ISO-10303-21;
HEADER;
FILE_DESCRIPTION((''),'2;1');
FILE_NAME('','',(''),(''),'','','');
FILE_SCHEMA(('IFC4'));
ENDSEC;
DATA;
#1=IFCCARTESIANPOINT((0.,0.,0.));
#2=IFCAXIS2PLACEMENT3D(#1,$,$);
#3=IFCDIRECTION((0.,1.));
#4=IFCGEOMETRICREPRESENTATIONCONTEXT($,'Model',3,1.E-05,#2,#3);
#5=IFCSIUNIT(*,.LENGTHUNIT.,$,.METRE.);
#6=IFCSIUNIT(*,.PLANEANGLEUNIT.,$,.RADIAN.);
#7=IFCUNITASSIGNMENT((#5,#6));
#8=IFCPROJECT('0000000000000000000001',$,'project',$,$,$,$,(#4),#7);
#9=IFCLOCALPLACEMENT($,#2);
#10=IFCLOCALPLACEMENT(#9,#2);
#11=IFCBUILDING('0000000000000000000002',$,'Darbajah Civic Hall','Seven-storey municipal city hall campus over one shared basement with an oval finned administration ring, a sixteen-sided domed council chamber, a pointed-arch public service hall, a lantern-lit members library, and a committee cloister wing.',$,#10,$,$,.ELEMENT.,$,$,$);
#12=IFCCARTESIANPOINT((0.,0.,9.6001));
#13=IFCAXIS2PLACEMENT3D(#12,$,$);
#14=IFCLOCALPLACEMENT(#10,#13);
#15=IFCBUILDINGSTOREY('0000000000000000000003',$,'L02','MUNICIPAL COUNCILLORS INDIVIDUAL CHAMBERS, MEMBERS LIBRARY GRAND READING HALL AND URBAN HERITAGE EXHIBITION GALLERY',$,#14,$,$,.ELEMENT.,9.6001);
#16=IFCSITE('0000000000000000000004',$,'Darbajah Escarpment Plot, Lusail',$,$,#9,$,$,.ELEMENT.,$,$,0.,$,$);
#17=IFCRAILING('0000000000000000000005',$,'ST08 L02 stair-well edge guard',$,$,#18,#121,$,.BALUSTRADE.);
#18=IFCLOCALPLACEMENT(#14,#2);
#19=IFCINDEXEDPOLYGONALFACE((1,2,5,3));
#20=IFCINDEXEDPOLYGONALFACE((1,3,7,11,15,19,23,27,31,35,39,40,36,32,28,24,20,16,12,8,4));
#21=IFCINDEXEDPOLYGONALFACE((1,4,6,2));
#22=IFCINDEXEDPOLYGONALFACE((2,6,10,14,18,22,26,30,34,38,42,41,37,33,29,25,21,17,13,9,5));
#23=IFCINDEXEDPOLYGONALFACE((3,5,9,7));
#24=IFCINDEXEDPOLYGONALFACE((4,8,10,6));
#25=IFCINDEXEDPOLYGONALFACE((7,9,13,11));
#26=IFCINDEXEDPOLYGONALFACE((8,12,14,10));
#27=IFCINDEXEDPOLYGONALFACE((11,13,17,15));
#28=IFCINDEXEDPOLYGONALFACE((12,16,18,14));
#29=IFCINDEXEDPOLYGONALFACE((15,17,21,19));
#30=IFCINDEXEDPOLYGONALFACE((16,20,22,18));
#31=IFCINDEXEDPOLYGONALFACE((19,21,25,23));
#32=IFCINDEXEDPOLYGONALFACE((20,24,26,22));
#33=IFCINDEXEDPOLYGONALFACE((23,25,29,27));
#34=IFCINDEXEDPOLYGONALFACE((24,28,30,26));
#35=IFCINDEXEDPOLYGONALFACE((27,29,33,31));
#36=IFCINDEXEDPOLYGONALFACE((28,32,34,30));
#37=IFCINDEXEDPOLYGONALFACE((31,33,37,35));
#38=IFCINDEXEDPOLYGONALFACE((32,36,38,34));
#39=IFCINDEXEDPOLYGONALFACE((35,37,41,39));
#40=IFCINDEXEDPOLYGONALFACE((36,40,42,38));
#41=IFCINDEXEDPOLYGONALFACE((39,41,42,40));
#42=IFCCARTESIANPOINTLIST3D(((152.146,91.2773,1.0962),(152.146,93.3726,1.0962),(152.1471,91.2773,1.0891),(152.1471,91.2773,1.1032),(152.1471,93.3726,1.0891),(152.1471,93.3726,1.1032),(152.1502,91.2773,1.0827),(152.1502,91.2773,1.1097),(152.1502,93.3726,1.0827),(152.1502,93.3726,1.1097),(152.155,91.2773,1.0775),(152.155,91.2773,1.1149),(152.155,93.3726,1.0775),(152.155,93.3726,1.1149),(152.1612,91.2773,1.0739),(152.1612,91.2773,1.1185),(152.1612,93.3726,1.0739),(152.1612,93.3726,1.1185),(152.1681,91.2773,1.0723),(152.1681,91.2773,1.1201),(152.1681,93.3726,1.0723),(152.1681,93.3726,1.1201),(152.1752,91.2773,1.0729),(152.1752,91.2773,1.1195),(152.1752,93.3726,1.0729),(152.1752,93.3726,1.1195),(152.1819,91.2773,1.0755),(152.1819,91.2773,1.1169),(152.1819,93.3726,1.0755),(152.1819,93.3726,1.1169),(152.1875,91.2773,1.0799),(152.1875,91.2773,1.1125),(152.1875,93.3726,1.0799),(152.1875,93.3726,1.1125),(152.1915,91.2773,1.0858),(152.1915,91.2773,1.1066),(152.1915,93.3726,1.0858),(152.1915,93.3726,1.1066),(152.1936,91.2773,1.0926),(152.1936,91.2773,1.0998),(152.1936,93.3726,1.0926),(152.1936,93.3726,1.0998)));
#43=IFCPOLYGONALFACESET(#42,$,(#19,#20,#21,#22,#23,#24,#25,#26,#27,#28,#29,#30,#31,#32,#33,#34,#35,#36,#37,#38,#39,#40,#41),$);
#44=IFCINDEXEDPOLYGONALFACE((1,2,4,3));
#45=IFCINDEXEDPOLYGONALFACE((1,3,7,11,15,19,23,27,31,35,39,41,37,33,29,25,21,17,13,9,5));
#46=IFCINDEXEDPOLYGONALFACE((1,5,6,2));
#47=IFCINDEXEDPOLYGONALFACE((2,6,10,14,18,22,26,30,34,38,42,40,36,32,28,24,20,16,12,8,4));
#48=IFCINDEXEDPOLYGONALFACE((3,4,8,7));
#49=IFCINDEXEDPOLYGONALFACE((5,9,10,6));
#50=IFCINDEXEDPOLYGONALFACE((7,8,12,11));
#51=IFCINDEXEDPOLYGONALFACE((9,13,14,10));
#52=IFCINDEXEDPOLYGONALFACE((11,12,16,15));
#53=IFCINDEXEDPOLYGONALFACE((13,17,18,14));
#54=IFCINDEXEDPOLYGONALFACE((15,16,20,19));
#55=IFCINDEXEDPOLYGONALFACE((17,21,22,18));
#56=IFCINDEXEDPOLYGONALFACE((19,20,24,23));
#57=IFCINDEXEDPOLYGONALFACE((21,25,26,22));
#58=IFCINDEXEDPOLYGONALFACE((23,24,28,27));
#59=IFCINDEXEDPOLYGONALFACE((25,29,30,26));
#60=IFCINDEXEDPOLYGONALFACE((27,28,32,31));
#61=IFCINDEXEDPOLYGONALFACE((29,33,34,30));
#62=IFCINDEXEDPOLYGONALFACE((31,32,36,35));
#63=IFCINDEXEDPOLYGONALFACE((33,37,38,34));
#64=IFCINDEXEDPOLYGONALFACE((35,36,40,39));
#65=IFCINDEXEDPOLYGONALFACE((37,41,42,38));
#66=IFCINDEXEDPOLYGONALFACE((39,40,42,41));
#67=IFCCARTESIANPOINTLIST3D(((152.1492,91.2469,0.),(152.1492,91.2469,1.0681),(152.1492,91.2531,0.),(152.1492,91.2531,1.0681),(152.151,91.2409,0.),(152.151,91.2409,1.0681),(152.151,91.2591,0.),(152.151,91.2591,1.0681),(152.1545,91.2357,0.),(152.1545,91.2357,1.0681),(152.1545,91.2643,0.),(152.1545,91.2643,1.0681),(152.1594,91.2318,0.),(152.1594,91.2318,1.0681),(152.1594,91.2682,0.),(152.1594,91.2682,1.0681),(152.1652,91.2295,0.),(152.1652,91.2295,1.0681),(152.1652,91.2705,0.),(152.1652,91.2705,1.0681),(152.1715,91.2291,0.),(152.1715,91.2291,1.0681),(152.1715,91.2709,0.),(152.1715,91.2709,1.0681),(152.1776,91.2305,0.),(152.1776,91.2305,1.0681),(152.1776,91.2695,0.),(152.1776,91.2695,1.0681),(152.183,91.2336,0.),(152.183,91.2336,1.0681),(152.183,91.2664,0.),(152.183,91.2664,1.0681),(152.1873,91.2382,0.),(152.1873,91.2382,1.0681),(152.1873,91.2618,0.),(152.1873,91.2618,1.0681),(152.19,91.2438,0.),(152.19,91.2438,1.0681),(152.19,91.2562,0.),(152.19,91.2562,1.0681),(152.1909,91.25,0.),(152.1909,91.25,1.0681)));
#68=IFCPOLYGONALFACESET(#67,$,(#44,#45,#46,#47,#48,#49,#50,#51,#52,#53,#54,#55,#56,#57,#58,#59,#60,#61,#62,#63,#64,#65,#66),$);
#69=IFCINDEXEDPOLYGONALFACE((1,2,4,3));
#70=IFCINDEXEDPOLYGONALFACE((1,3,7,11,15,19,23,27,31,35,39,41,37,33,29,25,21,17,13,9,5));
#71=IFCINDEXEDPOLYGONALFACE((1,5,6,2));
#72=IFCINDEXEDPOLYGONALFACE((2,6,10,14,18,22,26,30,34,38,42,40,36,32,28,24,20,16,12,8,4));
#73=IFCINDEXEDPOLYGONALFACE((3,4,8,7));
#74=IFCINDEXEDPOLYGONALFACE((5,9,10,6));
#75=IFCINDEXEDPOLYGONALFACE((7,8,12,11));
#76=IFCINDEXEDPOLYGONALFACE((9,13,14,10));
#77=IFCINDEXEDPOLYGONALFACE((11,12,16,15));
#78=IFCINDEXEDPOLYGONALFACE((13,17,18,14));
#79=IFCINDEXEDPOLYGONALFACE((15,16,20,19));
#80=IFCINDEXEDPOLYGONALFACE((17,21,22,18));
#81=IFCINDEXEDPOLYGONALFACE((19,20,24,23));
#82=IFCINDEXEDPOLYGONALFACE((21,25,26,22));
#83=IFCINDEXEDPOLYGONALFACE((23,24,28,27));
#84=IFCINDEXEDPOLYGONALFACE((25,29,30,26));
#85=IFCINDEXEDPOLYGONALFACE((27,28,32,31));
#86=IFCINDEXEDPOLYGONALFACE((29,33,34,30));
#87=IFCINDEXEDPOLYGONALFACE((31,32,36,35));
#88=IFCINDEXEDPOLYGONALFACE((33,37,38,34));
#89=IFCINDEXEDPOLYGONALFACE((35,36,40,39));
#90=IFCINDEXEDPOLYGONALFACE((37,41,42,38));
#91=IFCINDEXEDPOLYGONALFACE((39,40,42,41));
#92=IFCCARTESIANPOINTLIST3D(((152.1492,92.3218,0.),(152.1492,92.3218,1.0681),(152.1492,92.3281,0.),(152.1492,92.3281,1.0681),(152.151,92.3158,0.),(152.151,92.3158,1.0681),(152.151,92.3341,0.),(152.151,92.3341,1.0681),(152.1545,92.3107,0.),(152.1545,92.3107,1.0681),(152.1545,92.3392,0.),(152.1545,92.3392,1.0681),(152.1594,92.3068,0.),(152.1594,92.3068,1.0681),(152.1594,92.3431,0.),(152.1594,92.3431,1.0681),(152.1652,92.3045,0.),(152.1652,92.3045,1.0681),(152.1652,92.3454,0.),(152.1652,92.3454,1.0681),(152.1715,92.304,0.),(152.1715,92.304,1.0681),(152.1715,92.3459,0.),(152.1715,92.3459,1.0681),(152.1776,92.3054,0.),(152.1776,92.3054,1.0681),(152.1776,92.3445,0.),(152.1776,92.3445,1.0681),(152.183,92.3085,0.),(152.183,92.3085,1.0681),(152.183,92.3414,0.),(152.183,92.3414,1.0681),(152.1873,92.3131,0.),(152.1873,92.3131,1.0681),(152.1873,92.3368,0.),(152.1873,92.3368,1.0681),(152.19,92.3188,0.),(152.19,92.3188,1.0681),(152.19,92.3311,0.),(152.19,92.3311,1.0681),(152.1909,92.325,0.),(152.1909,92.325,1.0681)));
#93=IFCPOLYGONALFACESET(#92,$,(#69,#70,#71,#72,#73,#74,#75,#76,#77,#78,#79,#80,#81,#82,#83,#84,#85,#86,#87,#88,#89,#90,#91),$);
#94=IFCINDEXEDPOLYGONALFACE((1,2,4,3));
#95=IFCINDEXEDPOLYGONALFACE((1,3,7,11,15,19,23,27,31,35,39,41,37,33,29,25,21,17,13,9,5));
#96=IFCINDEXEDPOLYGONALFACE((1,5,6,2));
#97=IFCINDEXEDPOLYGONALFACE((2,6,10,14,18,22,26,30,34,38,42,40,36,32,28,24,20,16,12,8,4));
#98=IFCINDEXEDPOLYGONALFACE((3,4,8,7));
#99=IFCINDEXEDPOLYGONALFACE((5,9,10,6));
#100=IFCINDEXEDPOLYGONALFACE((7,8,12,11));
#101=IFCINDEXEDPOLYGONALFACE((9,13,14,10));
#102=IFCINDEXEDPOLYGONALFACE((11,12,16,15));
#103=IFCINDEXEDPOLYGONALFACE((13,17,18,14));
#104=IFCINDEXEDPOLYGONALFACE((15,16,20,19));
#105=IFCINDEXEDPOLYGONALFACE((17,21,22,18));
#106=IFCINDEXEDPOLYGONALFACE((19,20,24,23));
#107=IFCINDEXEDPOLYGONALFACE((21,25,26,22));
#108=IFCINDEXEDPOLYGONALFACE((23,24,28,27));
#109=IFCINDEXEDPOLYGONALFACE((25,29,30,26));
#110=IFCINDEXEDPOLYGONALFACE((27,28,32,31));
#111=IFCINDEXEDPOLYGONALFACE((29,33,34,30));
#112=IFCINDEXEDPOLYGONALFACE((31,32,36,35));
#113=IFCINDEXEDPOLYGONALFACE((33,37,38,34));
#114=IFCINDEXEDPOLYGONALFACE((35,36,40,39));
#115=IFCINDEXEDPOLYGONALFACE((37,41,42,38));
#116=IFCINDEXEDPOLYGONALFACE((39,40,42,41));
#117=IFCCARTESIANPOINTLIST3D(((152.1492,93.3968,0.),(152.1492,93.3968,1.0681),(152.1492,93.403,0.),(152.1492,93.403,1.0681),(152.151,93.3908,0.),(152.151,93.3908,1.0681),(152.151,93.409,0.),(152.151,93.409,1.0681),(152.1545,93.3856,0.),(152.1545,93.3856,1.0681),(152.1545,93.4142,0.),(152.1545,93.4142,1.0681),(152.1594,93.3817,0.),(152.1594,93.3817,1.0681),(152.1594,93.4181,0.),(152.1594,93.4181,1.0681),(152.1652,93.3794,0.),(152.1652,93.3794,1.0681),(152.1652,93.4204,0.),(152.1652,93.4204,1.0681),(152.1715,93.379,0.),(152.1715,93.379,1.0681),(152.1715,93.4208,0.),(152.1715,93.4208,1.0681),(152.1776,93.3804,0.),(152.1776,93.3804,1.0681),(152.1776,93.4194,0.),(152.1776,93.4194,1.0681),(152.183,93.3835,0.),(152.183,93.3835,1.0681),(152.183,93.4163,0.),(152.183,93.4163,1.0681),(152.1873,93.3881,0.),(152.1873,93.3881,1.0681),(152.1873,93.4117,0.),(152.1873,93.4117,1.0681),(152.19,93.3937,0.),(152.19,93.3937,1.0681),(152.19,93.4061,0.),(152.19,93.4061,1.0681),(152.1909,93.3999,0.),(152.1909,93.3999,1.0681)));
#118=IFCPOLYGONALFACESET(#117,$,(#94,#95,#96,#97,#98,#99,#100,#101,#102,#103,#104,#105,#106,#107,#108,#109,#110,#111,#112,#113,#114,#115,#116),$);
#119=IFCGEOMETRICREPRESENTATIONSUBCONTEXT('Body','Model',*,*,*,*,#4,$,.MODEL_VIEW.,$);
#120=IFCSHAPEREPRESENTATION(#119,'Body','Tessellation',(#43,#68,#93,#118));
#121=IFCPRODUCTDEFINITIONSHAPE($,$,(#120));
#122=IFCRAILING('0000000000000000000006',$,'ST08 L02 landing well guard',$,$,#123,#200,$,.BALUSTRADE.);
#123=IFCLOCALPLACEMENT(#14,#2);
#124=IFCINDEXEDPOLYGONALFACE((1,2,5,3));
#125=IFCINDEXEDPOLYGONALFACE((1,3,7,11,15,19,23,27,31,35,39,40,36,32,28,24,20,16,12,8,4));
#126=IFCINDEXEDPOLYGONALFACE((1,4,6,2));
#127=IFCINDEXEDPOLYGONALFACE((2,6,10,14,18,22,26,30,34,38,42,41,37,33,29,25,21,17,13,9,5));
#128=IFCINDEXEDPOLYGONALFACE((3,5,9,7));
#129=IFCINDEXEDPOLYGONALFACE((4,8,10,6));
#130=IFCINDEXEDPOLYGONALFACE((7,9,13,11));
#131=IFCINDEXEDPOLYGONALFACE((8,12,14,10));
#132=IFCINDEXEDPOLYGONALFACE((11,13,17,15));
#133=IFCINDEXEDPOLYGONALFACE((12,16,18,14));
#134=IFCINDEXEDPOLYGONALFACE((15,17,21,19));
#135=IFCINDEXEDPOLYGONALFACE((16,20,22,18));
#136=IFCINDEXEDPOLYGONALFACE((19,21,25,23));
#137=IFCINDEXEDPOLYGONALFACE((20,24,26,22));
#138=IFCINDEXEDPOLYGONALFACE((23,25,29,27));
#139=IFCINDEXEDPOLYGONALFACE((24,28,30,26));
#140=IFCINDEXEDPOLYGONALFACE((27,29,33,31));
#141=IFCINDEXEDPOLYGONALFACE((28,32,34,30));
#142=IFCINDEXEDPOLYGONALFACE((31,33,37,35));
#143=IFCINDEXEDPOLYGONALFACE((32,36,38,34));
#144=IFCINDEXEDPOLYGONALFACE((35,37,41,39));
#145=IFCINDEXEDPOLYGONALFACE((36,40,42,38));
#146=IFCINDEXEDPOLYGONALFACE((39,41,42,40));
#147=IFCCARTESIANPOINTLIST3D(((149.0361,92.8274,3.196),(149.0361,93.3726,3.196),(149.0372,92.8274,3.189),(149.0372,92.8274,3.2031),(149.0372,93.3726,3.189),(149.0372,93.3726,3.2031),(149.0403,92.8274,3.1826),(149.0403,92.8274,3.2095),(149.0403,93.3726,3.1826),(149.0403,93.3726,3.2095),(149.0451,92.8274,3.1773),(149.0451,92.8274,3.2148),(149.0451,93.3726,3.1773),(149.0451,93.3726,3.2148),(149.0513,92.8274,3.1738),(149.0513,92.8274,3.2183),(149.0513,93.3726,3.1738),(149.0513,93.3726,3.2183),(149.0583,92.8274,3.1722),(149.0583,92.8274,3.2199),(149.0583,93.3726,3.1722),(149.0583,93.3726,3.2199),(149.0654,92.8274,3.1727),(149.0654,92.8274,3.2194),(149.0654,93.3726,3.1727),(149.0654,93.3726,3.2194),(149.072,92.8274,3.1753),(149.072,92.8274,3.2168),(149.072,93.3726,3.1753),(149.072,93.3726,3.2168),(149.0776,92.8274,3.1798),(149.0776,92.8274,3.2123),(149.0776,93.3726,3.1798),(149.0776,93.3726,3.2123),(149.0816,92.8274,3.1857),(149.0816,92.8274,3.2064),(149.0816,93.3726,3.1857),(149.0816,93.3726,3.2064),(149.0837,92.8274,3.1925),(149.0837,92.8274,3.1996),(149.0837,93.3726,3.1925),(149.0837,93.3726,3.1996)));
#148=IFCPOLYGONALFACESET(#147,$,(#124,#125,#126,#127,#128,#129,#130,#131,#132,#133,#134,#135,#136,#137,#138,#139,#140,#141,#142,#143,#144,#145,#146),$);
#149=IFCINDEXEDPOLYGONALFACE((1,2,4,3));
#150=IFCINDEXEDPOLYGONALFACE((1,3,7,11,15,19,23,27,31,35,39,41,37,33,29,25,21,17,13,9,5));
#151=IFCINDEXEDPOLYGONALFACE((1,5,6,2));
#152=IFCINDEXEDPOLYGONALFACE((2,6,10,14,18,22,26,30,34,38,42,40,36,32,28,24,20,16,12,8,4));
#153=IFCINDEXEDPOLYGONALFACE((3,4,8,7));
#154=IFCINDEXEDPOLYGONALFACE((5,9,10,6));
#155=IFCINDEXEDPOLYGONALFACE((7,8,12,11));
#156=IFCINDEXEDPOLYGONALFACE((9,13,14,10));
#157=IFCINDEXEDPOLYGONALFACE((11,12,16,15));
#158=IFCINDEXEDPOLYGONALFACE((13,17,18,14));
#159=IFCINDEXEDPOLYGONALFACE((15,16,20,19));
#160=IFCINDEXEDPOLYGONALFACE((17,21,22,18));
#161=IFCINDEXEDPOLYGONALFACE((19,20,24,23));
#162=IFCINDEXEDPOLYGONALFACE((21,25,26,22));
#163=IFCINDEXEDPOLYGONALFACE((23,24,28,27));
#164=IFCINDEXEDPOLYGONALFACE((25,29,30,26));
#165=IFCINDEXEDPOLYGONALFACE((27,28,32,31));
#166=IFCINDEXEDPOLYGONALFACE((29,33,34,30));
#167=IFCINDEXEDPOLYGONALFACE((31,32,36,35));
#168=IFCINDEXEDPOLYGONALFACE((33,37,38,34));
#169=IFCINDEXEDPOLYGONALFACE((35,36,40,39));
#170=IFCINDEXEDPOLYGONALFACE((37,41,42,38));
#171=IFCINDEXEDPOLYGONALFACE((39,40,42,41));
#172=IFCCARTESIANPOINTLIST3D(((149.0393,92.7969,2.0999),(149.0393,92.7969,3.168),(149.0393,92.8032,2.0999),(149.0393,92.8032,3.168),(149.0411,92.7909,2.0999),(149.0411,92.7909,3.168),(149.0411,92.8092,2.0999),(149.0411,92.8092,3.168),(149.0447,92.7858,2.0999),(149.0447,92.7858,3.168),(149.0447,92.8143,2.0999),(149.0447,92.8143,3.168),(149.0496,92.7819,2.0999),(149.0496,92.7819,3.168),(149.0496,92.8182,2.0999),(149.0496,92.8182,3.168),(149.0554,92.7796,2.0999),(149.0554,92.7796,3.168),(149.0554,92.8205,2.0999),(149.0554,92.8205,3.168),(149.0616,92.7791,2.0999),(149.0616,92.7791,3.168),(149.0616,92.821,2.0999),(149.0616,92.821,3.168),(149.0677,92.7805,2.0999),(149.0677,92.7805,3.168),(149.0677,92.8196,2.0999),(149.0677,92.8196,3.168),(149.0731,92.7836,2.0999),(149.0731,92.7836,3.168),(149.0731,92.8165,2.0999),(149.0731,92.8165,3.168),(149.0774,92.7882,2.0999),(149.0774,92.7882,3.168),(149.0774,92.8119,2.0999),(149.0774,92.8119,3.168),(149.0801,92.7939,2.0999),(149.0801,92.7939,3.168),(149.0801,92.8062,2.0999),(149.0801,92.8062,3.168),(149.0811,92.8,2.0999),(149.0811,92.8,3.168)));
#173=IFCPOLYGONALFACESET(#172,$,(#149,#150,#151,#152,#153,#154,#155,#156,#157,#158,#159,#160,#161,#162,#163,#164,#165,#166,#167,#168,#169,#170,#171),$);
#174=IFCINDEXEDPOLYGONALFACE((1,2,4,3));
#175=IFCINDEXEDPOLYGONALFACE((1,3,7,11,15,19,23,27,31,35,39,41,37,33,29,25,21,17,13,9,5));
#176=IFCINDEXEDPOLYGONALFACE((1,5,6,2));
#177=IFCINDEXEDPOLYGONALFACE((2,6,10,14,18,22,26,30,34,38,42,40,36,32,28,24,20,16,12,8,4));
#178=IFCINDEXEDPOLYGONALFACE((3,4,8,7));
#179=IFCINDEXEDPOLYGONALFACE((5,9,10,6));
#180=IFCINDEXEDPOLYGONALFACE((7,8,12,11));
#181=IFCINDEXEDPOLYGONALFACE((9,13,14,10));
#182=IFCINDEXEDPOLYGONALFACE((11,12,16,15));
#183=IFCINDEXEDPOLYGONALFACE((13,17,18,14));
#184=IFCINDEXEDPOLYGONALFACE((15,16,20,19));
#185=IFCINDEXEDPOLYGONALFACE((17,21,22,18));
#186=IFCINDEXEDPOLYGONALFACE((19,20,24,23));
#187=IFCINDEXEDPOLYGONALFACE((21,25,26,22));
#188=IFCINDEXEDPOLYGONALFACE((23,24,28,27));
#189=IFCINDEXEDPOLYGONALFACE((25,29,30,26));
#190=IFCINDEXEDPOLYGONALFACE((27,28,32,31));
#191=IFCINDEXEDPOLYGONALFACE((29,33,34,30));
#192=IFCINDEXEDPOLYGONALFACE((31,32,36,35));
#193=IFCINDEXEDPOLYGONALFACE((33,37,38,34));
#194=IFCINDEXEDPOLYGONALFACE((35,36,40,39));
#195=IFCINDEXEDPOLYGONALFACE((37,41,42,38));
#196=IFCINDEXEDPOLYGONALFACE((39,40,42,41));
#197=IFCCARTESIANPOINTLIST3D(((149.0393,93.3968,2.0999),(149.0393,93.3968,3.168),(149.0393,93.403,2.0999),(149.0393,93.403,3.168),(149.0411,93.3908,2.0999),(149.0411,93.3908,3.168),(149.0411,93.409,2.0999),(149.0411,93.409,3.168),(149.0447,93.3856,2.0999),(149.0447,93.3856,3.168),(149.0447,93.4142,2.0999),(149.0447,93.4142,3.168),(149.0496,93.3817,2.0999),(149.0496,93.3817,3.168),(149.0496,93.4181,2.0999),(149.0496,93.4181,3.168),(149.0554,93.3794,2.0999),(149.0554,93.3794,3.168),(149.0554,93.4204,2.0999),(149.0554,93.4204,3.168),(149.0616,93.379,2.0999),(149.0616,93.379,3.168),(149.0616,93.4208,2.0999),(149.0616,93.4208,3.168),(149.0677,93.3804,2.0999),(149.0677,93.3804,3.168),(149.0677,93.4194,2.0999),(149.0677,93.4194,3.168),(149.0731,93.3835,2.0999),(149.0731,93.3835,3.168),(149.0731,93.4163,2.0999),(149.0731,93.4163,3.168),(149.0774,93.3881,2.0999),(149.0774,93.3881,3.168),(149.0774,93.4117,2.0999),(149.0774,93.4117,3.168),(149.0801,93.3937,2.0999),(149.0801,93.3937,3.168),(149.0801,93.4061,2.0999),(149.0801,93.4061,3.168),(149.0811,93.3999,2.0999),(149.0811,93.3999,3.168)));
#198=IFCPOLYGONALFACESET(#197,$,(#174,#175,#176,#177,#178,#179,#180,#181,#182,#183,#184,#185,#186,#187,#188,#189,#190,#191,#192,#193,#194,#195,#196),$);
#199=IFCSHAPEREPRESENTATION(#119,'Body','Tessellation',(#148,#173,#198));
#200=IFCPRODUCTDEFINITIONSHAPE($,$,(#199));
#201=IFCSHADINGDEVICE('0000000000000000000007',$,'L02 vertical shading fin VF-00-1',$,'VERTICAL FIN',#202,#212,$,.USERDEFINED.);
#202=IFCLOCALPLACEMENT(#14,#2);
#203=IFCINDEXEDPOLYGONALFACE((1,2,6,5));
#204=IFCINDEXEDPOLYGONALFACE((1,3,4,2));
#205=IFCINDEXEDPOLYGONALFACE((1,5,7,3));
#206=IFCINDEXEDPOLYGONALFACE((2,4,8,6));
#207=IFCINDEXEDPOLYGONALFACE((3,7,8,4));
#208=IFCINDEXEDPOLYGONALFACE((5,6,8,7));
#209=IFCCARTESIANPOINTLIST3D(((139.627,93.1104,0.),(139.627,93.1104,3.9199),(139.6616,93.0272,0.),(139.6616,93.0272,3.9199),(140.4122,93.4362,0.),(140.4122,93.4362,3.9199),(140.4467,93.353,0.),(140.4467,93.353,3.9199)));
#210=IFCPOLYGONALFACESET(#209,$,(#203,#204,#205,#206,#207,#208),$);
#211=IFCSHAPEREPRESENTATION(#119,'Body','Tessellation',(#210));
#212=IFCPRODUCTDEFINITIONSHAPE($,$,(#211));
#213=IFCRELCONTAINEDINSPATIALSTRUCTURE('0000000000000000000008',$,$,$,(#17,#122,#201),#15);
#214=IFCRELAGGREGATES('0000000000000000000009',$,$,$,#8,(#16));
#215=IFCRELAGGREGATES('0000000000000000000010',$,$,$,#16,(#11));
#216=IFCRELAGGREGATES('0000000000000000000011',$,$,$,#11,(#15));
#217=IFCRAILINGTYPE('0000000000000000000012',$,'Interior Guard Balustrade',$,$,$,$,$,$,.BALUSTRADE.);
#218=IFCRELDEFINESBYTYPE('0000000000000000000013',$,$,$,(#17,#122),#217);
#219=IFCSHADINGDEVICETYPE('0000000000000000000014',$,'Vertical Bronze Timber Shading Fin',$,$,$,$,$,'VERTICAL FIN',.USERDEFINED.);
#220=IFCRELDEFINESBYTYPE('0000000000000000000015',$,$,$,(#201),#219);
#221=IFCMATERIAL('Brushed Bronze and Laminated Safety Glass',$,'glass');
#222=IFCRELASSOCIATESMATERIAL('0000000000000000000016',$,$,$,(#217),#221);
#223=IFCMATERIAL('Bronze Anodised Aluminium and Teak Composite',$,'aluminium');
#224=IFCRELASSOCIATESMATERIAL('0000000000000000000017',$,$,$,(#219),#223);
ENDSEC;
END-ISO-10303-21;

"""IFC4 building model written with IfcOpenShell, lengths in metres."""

from ifc_helpers import new_model, si_unit, direction, frame, origin, origin_2d, place, context, subcontext, project, spatial, rectangle, circle, extrude, material, type_object, element, save


model = new_model("IFC4")

# Units and contexts
model_context = context("Model", 3, precision=1e-05, world=origin(), true_north=direction((0.0, 1.0)))
body_context = subcontext(model_context, "Body", "Model", "MODEL_VIEW")
ifc_project = project(units=[si_unit("LENGTHUNIT", "METRE"), si_unit("PLANEANGLEUNIT", "RADIAN")], contexts=[model_context])

# Site, building, storey
site_placement = place(None, origin())
site = spatial("IfcSite", under=ifc_project, at=site_placement, Name="Darbajah Escarpment Plot, Lusail", CompositionType="ELEMENT", RefElevation=0.0)
building_placement = place(site_placement, origin())
building = spatial("IfcBuilding", under=site, at=building_placement, Name="Darbajah Civic Hall", Description="Seven-storey municipal city hall campus over one shared basement with an oval finned administration ring, a sixteen-sided domed council chamber, a pointed-arch public service hall, a lantern-lit members library, and a committee cloister wing.", CompositionType="ELEMENT")
storey_placement = place(building_placement, frame((0.0, 0.0, 9.6001)))
storey = spatial("IfcBuildingStorey", under=building, at=storey_placement, Name="L02", Description="MUNICIPAL COUNCILLORS INDIVIDUAL CHAMBERS, MEMBERS LIBRARY GRAND READING HALL AND URBAN HERITAGE EXHIBITION GALLERY", CompositionType="ELEMENT", Elevation=9.6001)

# Railings
ifc_material_1 = material(Name="Brushed Bronze and Laminated Safety Glass", Category="glass")
railing_type_1 = type_object("IfcRailingType", Name="Interior Guard Balustrade", PredefinedType="BALUSTRADE", material=ifc_material_1)
railing_1_placement = place(storey_placement, frame((152.1699, 91.25, 0.0)))
element("IfcRailing", 1, at=railing_1_placement, inside=storey, type_object=railing_type_1, Name="ST08 L02 stair-well edge guard", PredefinedType="BALUSTRADE", context=body_context, shape_type="SweptSolid", body=[
    extrude(circle(Radius=0.0239, at=origin_2d()), frame((0.0, 0.0273, 1.0962), z_axis=(0.0, 1.0, 0.0), x_axis=(-1.0, 0.0, 0.0)), (0.0, 0.0, 1.0), 2.0952),
    extrude(circle(Radius=0.021, at=origin_2d()), origin(), (0.0, 0.0, 1.0), 1.0681),
    extrude(circle(Radius=0.021, at=origin_2d()), frame((0.0, 1.075, 0.0)), (0.0, 0.0, 1.0), 1.0681),
    extrude(circle(Radius=0.021, at=origin_2d()), frame((0.0, 2.1499, 0.0)), (0.0, 0.0, 1.0), 1.0681),
])
railing_2_placement = place(storey_placement, frame((149.0601, 92.8, 2.0999)))
element("IfcRailing", 2, at=railing_2_placement, inside=storey, type_object=railing_type_1, Name="ST08 L02 landing well guard", PredefinedType="BALUSTRADE", context=body_context, shape_type="SweptSolid", body=[
    extrude(circle(Radius=0.0239, at=origin_2d()), frame((0.0, 0.0273, 1.0962), z_axis=(0.0, 1.0, 0.0), x_axis=(-1.0, 0.0, 0.0)), (0.0, 0.0, 1.0), 0.5452),
    extrude(circle(Radius=0.021, at=origin_2d()), origin(), (0.0, 0.0, 1.0), 1.0681),
    extrude(circle(Radius=0.021, at=origin_2d()), frame((0.0, 0.5999, 0.0)), (0.0, 0.0, 1.0), 1.0681),
])

# Shading device
ifc_material_2 = material(Name="Bronze Anodised Aluminium and Teak Composite", Category="aluminium")
shading_device_type = type_object("IfcShadingDeviceType", Name="Vertical Bronze Timber Shading Fin", ElementType="VERTICAL FIN", PredefinedType="USERDEFINED", material=ifc_material_2)
for number, where, z_axis, x_axis, name in (
    (3, (140.0369, 93.2317, 0.0), (0.0, 0.0, 1.0), (0.923612, 0.383328, 0.0), "L02 vertical shading fin VF-00-1"),
):
    element("IfcShadingDevice", number, at=place(storey_placement, frame(where, z_axis=z_axis, x_axis=x_axis)), inside=storey, type_object=shading_device_type, Name=name, ObjectType="VERTICAL FIN", PredefinedType="USERDEFINED", context=body_context, shape_type="SweptSolid", body=[
        extrude(rectangle(XDim=0.8501, YDim=0.0901, at=origin_2d()), origin(), (0.0, 0.0, 1.0), 3.9199),
    ])

save(model, "model.ifc")
